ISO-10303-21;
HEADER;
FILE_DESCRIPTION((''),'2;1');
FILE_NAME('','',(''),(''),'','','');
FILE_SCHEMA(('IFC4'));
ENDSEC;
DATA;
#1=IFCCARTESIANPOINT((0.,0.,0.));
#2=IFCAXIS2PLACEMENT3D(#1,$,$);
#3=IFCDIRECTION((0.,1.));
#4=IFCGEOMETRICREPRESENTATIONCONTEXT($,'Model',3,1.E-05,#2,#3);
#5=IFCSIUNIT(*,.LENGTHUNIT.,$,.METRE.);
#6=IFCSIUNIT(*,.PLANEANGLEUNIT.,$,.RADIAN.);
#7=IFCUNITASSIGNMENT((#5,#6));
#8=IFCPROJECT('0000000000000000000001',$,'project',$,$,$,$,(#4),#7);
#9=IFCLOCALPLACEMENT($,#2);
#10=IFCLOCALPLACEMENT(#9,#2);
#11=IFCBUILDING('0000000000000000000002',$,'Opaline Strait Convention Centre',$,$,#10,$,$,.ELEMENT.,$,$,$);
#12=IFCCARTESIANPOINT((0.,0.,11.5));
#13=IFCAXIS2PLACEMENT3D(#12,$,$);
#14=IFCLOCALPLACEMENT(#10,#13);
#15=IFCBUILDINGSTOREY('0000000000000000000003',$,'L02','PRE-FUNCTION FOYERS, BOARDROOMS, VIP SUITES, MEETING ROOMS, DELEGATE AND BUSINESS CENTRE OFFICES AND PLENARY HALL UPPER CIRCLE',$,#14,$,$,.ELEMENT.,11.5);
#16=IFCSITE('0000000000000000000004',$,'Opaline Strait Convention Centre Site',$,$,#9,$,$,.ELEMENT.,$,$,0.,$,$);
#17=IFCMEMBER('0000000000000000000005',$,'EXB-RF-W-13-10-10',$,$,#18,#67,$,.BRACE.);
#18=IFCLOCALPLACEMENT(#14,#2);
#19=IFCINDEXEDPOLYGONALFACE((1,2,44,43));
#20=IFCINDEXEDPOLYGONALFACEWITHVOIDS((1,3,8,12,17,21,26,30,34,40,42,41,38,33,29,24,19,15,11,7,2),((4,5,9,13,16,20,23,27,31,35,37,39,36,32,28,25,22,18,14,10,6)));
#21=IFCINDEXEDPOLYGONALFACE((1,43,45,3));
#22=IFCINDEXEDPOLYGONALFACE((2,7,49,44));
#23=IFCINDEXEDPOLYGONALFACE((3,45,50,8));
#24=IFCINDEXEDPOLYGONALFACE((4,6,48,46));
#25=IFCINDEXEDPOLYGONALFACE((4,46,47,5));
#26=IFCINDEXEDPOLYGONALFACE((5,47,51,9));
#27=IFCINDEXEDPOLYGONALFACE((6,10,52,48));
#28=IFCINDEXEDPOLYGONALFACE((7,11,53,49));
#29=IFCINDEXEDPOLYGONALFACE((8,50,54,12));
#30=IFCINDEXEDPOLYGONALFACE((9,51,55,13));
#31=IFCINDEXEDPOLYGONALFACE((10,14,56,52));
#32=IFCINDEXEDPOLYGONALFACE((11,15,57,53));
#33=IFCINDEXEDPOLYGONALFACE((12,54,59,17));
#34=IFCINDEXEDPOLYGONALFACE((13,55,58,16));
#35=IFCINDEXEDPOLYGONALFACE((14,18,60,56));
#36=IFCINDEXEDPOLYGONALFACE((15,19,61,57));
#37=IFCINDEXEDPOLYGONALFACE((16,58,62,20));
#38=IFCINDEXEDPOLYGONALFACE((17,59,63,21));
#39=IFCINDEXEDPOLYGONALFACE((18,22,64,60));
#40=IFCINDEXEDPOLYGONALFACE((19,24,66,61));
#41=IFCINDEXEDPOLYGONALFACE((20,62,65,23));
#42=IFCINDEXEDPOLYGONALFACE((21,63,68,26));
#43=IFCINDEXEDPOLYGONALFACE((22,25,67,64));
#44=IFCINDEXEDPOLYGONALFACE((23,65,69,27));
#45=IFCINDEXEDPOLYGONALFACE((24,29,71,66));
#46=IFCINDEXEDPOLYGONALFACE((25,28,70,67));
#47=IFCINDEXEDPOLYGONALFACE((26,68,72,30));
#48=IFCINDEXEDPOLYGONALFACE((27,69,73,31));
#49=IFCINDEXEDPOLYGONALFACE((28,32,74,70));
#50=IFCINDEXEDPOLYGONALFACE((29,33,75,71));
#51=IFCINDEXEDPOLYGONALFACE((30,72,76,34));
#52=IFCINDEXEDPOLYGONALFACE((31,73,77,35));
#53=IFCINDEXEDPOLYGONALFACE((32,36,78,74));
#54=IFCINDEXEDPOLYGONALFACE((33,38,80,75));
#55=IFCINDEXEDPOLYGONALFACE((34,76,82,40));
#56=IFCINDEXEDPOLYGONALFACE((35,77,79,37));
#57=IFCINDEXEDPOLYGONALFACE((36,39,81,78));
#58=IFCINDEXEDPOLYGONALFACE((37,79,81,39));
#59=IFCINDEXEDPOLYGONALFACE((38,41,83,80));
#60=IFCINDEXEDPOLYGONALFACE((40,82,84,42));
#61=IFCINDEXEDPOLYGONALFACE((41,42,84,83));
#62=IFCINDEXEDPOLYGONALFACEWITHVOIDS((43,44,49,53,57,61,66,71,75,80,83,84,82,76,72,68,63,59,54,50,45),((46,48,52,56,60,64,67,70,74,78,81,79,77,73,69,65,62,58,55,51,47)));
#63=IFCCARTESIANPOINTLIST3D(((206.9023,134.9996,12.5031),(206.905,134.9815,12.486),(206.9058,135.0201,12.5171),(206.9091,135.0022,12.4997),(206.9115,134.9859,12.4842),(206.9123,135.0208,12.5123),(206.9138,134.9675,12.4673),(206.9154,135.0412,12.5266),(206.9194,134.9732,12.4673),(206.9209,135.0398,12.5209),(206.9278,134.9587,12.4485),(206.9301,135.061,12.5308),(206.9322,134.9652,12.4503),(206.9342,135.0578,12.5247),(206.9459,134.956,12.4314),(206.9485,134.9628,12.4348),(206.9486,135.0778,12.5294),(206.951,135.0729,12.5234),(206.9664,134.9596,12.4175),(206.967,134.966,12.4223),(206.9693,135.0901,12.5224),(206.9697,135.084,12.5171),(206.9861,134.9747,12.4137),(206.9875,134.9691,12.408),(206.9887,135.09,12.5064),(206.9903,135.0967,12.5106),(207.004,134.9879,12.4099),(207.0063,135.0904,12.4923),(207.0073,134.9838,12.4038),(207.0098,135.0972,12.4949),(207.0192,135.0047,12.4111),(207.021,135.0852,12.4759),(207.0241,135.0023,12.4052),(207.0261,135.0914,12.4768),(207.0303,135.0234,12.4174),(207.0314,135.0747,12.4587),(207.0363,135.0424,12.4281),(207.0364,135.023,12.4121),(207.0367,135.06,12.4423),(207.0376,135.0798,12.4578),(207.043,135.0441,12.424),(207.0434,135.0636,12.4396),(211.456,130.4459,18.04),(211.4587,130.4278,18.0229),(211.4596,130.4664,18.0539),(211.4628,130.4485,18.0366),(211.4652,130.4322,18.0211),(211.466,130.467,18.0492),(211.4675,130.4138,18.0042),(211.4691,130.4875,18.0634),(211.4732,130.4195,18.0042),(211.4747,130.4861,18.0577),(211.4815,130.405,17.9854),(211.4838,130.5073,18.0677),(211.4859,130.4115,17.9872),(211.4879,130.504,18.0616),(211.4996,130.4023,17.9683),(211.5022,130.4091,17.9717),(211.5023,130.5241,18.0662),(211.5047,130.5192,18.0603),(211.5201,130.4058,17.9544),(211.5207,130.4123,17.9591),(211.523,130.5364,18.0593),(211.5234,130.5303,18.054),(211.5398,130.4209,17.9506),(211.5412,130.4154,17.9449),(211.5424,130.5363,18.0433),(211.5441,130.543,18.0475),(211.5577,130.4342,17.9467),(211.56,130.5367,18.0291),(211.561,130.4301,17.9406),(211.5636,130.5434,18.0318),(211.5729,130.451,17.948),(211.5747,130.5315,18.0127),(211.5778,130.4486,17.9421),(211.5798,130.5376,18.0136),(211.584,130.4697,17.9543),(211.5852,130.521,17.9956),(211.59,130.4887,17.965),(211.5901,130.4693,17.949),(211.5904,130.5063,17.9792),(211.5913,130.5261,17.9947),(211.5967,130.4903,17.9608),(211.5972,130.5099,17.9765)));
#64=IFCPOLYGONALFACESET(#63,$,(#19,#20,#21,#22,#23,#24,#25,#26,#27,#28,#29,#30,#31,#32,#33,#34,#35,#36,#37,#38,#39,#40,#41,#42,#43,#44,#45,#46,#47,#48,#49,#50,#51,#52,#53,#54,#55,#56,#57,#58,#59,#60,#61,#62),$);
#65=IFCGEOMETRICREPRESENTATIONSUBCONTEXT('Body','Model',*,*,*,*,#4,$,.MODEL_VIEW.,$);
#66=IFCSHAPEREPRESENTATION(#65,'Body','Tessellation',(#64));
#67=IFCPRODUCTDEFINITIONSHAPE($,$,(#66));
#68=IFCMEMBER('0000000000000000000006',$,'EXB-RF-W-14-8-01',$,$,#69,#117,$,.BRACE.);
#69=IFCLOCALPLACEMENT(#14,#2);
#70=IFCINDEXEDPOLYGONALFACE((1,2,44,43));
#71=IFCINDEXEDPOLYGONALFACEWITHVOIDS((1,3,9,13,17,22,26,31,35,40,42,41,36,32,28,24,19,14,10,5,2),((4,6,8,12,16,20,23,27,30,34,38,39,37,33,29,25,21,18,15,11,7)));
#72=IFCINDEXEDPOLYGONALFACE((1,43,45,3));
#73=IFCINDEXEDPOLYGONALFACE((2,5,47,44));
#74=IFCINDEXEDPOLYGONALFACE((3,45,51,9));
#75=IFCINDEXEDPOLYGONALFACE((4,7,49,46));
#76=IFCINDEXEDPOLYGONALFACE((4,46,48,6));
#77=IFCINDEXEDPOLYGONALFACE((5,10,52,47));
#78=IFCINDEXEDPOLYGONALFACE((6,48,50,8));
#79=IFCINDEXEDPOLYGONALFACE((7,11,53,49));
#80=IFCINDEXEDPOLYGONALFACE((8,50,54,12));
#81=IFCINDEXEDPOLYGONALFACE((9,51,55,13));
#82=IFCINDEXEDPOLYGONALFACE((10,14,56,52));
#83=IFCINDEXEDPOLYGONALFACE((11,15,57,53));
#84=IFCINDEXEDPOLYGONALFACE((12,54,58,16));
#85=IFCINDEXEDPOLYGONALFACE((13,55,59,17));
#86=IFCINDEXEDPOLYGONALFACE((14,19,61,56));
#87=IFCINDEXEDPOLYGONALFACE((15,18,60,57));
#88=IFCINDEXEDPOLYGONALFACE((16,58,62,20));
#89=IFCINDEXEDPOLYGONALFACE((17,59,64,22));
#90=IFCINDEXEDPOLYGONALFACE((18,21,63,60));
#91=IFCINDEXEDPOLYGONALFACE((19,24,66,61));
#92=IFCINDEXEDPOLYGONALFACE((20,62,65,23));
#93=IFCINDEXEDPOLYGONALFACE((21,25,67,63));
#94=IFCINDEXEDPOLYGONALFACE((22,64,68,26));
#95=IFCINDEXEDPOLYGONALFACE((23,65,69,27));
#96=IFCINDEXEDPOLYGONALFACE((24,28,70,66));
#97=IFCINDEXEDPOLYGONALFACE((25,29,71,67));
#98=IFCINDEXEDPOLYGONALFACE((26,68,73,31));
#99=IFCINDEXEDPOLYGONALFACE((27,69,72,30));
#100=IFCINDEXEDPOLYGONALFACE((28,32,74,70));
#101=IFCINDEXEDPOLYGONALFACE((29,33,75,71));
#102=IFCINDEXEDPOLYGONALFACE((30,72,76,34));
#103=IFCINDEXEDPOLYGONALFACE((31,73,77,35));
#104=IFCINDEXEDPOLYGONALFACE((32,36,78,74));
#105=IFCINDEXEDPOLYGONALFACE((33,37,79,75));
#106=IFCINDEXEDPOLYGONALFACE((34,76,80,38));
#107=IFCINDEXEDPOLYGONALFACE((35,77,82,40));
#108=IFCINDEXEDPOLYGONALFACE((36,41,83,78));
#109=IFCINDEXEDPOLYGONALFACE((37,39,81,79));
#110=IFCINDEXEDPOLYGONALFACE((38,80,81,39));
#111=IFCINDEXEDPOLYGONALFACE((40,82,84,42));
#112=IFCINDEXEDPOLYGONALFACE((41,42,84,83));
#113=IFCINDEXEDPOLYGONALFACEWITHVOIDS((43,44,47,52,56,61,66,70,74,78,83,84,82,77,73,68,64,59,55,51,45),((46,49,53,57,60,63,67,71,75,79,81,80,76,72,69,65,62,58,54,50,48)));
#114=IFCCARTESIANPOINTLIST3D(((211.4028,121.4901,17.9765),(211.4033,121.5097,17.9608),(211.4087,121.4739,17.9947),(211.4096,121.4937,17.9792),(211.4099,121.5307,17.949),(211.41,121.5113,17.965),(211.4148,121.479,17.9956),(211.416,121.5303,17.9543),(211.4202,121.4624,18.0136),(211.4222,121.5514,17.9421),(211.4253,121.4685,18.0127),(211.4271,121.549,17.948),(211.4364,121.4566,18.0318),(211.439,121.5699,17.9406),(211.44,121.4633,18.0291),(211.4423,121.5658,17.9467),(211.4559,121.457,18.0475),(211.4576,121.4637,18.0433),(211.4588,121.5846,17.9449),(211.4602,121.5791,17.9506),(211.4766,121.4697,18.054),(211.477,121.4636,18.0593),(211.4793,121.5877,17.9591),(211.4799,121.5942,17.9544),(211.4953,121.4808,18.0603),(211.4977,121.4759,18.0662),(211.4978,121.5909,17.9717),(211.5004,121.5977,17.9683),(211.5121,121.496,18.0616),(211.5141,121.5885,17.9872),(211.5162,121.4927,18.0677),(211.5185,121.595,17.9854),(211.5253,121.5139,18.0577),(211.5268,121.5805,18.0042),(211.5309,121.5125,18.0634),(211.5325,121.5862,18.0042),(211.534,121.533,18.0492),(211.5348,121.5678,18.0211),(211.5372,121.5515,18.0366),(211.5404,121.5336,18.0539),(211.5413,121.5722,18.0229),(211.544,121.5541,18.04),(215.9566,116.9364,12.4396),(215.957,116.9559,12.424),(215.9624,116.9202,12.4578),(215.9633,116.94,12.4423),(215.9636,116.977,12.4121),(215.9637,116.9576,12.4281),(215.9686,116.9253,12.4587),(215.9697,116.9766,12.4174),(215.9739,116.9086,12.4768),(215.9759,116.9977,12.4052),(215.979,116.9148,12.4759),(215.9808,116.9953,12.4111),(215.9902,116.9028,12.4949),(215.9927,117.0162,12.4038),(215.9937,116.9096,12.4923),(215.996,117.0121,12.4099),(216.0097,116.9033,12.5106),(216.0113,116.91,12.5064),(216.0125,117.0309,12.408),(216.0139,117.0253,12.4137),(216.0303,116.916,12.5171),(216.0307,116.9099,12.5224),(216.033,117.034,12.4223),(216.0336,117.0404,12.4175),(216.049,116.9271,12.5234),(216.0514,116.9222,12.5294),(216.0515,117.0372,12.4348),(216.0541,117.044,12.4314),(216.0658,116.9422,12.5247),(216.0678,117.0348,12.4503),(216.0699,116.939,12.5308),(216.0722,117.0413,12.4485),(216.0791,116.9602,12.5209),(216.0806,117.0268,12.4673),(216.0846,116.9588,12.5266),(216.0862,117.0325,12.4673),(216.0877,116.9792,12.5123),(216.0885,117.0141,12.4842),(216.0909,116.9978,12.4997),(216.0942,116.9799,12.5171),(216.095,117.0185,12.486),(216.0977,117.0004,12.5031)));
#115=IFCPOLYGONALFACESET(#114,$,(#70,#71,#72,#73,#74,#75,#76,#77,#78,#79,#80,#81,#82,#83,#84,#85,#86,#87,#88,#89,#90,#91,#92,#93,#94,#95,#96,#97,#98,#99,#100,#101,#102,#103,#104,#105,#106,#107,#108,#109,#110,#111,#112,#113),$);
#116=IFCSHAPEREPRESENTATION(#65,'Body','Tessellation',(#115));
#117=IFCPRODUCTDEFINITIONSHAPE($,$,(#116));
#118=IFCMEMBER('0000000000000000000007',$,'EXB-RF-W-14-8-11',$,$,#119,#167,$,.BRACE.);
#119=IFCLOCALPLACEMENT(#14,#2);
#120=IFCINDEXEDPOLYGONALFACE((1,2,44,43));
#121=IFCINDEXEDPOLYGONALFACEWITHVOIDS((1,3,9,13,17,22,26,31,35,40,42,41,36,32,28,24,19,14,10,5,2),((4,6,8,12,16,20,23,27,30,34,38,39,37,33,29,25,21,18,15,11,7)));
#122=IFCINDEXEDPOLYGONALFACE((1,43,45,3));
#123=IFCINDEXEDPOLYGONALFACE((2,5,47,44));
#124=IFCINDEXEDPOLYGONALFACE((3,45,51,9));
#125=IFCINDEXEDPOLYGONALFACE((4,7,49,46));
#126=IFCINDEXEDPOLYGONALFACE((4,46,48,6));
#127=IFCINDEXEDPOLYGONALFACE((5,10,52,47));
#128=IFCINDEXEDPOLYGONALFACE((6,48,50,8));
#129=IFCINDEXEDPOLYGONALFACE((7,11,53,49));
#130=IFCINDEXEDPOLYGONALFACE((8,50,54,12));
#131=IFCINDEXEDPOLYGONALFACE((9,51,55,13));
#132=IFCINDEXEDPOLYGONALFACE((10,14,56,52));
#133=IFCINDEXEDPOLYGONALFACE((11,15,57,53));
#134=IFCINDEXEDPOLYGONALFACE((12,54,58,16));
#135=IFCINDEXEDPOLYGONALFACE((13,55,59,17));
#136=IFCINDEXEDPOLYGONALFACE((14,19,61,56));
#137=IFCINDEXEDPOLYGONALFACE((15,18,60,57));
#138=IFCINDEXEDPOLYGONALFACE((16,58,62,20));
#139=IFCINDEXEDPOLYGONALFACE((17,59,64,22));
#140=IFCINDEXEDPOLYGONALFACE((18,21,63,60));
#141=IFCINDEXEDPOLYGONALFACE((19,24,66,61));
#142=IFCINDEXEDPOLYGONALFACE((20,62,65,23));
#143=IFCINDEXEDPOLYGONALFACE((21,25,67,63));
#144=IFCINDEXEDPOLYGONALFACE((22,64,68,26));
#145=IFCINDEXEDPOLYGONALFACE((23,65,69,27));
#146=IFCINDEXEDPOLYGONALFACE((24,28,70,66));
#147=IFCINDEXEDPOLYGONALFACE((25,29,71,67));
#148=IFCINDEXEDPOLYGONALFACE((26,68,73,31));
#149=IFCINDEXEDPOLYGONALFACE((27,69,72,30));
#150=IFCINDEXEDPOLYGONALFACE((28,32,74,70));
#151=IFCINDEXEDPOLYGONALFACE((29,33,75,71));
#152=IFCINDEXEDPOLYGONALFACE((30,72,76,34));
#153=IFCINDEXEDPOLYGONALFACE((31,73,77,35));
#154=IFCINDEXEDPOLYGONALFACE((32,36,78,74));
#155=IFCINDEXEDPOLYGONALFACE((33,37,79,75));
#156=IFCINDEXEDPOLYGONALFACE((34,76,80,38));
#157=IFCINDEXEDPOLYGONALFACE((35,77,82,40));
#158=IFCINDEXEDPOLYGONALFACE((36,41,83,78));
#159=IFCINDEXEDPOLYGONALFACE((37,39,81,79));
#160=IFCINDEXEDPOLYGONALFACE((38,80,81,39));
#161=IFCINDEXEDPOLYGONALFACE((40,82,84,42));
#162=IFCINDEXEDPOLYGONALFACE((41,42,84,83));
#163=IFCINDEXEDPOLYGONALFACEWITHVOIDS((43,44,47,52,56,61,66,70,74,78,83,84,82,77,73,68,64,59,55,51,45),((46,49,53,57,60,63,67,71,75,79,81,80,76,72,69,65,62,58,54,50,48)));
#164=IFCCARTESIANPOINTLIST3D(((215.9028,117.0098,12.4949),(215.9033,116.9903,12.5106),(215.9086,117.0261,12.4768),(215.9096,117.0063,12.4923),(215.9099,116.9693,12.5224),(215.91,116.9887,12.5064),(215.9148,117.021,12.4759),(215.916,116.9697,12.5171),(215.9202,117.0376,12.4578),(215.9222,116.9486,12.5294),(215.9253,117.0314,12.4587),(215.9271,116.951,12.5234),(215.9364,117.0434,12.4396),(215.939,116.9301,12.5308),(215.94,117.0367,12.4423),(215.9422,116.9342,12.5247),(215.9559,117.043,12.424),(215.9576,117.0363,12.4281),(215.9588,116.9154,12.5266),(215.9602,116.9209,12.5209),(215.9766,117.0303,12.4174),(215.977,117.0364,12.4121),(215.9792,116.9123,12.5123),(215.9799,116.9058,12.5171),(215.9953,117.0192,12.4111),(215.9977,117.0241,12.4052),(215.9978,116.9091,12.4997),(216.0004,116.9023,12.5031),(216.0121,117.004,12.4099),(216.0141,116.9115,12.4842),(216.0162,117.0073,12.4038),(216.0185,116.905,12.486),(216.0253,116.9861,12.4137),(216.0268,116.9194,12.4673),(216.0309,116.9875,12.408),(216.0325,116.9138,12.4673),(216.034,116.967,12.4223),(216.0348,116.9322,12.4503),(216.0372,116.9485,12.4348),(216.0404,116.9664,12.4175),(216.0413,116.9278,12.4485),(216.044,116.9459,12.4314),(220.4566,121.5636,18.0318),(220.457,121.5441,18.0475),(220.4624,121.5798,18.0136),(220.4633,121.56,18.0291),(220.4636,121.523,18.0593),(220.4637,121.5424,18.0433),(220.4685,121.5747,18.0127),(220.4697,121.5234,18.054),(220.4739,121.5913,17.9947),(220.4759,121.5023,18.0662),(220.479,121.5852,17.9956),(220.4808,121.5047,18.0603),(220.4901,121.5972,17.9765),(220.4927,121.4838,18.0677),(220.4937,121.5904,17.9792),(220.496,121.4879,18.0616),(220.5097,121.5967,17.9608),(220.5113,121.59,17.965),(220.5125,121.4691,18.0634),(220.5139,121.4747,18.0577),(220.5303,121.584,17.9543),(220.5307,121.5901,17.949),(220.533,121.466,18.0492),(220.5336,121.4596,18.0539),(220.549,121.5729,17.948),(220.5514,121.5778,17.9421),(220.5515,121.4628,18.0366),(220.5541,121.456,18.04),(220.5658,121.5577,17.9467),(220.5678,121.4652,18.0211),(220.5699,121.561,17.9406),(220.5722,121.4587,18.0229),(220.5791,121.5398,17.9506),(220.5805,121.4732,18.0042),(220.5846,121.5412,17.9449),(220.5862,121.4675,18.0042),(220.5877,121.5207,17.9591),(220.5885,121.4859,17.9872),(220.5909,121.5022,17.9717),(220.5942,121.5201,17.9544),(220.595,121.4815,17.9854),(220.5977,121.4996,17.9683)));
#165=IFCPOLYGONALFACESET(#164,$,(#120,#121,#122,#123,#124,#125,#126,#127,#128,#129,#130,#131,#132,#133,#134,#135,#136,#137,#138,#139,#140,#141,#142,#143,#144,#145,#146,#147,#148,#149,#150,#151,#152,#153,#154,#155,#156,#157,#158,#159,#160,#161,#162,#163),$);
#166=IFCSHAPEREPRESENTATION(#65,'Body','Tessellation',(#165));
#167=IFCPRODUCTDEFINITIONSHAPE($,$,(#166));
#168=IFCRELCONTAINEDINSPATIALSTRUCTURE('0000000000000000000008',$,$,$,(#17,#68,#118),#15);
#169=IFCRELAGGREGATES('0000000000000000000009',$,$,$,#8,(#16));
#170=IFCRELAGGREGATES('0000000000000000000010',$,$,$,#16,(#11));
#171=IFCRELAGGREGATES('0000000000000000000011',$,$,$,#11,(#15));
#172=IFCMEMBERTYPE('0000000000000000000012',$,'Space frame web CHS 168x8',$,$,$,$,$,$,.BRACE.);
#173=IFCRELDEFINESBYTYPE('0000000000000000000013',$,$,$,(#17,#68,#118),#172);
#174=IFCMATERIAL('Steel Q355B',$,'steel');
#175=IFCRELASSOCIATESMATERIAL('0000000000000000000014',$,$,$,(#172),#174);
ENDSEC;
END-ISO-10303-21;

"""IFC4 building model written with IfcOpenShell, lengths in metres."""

from ifc_helpers import new_model, si_unit, direction, frame, origin, origin_2d, place, context, subcontext, project, spatial, hollow_circle, extrude, material, material_profile, profile_set, type_object, element, save


model = new_model("IFC4")

# Units and contexts
model_context = context("Model", 3, precision=1e-05, world=origin(), true_north=direction((0.0, 1.0)))
body_context = subcontext(model_context, "Body", "Model", "MODEL_VIEW")
ifc_project = project(units=[si_unit("LENGTHUNIT", "METRE"), si_unit("PLANEANGLEUNIT", "RADIAN")], contexts=[model_context])

# Site, building, storey
site_placement = place(None, origin())
site = spatial("IfcSite", under=ifc_project, at=site_placement, Name="Opaline Strait Convention Centre Site", CompositionType="ELEMENT", RefElevation=0.0)
building_placement = place(site_placement, origin())
building = spatial("IfcBuilding", under=site, at=building_placement, Name="Opaline Strait Convention Centre", CompositionType="ELEMENT")
storey_placement = place(building_placement, frame((0.0, 0.0, 11.5)))
storey = spatial("IfcBuildingStorey", under=building, at=storey_placement, Name="L02", Description="PRE-FUNCTION FOYERS, BOARDROOMS, VIP SUITES, MEETING ROOMS, DELEGATE AND BUSINESS CENTRE OFFICES AND PLENARY HALL UPPER CIRCLE", CompositionType="ELEMENT", Elevation=11.5)

# Members
ifc_material = material(Name="Steel Q355B", Category="steel")
ifc_material_profile_1 = material_profile(ifc_material, hollow_circle(Radius=0.084, WallThickness=0.0081, at=origin_2d()), Name="CHS 168x8")
ifc_profile_set_1 = profile_set([ifc_material_profile_1], Name="Steel Q355B")
member_type_1 = type_object("IfcMemberType", Name="Space frame web CHS 168x8", PredefinedType="BRACE", material=ifc_profile_set_1)
for number, where, z_axis, x_axis, name in (
    (1, (211.5269, 130.4731, 18.0042), (-0.536178, 0.536178, -0.65194), (-0.707107, -0.707107, 0.0), "EXB-RF-W-13-10-10"),
    (2, (211.4731, 121.5269, 18.0042), (0.536178, -0.536178, -0.65194), (0.707107, 0.707107, 0.0), "EXB-RF-W-14-8-01"),
    (3, (220.5269, 121.5269, 18.0042), (-0.536178, -0.536178, -0.65194), (0.707107, -0.707107, 0.0), "EXB-RF-W-14-8-11"),
):
    element("IfcMember", number, at=place(storey_placement, frame(where, z_axis=z_axis, x_axis=x_axis)), inside=storey, type_object=member_type_1, Name=name, PredefinedType="BRACE", context=body_context, shape_type="SweptSolid", body=[
        extrude(hollow_circle(Radius=0.084, WallThickness=0.0081, at=origin_2d()), origin(), (0.0, 0.0, 1.0), 8.4929),
    ])

save(model, "model.ifc")
